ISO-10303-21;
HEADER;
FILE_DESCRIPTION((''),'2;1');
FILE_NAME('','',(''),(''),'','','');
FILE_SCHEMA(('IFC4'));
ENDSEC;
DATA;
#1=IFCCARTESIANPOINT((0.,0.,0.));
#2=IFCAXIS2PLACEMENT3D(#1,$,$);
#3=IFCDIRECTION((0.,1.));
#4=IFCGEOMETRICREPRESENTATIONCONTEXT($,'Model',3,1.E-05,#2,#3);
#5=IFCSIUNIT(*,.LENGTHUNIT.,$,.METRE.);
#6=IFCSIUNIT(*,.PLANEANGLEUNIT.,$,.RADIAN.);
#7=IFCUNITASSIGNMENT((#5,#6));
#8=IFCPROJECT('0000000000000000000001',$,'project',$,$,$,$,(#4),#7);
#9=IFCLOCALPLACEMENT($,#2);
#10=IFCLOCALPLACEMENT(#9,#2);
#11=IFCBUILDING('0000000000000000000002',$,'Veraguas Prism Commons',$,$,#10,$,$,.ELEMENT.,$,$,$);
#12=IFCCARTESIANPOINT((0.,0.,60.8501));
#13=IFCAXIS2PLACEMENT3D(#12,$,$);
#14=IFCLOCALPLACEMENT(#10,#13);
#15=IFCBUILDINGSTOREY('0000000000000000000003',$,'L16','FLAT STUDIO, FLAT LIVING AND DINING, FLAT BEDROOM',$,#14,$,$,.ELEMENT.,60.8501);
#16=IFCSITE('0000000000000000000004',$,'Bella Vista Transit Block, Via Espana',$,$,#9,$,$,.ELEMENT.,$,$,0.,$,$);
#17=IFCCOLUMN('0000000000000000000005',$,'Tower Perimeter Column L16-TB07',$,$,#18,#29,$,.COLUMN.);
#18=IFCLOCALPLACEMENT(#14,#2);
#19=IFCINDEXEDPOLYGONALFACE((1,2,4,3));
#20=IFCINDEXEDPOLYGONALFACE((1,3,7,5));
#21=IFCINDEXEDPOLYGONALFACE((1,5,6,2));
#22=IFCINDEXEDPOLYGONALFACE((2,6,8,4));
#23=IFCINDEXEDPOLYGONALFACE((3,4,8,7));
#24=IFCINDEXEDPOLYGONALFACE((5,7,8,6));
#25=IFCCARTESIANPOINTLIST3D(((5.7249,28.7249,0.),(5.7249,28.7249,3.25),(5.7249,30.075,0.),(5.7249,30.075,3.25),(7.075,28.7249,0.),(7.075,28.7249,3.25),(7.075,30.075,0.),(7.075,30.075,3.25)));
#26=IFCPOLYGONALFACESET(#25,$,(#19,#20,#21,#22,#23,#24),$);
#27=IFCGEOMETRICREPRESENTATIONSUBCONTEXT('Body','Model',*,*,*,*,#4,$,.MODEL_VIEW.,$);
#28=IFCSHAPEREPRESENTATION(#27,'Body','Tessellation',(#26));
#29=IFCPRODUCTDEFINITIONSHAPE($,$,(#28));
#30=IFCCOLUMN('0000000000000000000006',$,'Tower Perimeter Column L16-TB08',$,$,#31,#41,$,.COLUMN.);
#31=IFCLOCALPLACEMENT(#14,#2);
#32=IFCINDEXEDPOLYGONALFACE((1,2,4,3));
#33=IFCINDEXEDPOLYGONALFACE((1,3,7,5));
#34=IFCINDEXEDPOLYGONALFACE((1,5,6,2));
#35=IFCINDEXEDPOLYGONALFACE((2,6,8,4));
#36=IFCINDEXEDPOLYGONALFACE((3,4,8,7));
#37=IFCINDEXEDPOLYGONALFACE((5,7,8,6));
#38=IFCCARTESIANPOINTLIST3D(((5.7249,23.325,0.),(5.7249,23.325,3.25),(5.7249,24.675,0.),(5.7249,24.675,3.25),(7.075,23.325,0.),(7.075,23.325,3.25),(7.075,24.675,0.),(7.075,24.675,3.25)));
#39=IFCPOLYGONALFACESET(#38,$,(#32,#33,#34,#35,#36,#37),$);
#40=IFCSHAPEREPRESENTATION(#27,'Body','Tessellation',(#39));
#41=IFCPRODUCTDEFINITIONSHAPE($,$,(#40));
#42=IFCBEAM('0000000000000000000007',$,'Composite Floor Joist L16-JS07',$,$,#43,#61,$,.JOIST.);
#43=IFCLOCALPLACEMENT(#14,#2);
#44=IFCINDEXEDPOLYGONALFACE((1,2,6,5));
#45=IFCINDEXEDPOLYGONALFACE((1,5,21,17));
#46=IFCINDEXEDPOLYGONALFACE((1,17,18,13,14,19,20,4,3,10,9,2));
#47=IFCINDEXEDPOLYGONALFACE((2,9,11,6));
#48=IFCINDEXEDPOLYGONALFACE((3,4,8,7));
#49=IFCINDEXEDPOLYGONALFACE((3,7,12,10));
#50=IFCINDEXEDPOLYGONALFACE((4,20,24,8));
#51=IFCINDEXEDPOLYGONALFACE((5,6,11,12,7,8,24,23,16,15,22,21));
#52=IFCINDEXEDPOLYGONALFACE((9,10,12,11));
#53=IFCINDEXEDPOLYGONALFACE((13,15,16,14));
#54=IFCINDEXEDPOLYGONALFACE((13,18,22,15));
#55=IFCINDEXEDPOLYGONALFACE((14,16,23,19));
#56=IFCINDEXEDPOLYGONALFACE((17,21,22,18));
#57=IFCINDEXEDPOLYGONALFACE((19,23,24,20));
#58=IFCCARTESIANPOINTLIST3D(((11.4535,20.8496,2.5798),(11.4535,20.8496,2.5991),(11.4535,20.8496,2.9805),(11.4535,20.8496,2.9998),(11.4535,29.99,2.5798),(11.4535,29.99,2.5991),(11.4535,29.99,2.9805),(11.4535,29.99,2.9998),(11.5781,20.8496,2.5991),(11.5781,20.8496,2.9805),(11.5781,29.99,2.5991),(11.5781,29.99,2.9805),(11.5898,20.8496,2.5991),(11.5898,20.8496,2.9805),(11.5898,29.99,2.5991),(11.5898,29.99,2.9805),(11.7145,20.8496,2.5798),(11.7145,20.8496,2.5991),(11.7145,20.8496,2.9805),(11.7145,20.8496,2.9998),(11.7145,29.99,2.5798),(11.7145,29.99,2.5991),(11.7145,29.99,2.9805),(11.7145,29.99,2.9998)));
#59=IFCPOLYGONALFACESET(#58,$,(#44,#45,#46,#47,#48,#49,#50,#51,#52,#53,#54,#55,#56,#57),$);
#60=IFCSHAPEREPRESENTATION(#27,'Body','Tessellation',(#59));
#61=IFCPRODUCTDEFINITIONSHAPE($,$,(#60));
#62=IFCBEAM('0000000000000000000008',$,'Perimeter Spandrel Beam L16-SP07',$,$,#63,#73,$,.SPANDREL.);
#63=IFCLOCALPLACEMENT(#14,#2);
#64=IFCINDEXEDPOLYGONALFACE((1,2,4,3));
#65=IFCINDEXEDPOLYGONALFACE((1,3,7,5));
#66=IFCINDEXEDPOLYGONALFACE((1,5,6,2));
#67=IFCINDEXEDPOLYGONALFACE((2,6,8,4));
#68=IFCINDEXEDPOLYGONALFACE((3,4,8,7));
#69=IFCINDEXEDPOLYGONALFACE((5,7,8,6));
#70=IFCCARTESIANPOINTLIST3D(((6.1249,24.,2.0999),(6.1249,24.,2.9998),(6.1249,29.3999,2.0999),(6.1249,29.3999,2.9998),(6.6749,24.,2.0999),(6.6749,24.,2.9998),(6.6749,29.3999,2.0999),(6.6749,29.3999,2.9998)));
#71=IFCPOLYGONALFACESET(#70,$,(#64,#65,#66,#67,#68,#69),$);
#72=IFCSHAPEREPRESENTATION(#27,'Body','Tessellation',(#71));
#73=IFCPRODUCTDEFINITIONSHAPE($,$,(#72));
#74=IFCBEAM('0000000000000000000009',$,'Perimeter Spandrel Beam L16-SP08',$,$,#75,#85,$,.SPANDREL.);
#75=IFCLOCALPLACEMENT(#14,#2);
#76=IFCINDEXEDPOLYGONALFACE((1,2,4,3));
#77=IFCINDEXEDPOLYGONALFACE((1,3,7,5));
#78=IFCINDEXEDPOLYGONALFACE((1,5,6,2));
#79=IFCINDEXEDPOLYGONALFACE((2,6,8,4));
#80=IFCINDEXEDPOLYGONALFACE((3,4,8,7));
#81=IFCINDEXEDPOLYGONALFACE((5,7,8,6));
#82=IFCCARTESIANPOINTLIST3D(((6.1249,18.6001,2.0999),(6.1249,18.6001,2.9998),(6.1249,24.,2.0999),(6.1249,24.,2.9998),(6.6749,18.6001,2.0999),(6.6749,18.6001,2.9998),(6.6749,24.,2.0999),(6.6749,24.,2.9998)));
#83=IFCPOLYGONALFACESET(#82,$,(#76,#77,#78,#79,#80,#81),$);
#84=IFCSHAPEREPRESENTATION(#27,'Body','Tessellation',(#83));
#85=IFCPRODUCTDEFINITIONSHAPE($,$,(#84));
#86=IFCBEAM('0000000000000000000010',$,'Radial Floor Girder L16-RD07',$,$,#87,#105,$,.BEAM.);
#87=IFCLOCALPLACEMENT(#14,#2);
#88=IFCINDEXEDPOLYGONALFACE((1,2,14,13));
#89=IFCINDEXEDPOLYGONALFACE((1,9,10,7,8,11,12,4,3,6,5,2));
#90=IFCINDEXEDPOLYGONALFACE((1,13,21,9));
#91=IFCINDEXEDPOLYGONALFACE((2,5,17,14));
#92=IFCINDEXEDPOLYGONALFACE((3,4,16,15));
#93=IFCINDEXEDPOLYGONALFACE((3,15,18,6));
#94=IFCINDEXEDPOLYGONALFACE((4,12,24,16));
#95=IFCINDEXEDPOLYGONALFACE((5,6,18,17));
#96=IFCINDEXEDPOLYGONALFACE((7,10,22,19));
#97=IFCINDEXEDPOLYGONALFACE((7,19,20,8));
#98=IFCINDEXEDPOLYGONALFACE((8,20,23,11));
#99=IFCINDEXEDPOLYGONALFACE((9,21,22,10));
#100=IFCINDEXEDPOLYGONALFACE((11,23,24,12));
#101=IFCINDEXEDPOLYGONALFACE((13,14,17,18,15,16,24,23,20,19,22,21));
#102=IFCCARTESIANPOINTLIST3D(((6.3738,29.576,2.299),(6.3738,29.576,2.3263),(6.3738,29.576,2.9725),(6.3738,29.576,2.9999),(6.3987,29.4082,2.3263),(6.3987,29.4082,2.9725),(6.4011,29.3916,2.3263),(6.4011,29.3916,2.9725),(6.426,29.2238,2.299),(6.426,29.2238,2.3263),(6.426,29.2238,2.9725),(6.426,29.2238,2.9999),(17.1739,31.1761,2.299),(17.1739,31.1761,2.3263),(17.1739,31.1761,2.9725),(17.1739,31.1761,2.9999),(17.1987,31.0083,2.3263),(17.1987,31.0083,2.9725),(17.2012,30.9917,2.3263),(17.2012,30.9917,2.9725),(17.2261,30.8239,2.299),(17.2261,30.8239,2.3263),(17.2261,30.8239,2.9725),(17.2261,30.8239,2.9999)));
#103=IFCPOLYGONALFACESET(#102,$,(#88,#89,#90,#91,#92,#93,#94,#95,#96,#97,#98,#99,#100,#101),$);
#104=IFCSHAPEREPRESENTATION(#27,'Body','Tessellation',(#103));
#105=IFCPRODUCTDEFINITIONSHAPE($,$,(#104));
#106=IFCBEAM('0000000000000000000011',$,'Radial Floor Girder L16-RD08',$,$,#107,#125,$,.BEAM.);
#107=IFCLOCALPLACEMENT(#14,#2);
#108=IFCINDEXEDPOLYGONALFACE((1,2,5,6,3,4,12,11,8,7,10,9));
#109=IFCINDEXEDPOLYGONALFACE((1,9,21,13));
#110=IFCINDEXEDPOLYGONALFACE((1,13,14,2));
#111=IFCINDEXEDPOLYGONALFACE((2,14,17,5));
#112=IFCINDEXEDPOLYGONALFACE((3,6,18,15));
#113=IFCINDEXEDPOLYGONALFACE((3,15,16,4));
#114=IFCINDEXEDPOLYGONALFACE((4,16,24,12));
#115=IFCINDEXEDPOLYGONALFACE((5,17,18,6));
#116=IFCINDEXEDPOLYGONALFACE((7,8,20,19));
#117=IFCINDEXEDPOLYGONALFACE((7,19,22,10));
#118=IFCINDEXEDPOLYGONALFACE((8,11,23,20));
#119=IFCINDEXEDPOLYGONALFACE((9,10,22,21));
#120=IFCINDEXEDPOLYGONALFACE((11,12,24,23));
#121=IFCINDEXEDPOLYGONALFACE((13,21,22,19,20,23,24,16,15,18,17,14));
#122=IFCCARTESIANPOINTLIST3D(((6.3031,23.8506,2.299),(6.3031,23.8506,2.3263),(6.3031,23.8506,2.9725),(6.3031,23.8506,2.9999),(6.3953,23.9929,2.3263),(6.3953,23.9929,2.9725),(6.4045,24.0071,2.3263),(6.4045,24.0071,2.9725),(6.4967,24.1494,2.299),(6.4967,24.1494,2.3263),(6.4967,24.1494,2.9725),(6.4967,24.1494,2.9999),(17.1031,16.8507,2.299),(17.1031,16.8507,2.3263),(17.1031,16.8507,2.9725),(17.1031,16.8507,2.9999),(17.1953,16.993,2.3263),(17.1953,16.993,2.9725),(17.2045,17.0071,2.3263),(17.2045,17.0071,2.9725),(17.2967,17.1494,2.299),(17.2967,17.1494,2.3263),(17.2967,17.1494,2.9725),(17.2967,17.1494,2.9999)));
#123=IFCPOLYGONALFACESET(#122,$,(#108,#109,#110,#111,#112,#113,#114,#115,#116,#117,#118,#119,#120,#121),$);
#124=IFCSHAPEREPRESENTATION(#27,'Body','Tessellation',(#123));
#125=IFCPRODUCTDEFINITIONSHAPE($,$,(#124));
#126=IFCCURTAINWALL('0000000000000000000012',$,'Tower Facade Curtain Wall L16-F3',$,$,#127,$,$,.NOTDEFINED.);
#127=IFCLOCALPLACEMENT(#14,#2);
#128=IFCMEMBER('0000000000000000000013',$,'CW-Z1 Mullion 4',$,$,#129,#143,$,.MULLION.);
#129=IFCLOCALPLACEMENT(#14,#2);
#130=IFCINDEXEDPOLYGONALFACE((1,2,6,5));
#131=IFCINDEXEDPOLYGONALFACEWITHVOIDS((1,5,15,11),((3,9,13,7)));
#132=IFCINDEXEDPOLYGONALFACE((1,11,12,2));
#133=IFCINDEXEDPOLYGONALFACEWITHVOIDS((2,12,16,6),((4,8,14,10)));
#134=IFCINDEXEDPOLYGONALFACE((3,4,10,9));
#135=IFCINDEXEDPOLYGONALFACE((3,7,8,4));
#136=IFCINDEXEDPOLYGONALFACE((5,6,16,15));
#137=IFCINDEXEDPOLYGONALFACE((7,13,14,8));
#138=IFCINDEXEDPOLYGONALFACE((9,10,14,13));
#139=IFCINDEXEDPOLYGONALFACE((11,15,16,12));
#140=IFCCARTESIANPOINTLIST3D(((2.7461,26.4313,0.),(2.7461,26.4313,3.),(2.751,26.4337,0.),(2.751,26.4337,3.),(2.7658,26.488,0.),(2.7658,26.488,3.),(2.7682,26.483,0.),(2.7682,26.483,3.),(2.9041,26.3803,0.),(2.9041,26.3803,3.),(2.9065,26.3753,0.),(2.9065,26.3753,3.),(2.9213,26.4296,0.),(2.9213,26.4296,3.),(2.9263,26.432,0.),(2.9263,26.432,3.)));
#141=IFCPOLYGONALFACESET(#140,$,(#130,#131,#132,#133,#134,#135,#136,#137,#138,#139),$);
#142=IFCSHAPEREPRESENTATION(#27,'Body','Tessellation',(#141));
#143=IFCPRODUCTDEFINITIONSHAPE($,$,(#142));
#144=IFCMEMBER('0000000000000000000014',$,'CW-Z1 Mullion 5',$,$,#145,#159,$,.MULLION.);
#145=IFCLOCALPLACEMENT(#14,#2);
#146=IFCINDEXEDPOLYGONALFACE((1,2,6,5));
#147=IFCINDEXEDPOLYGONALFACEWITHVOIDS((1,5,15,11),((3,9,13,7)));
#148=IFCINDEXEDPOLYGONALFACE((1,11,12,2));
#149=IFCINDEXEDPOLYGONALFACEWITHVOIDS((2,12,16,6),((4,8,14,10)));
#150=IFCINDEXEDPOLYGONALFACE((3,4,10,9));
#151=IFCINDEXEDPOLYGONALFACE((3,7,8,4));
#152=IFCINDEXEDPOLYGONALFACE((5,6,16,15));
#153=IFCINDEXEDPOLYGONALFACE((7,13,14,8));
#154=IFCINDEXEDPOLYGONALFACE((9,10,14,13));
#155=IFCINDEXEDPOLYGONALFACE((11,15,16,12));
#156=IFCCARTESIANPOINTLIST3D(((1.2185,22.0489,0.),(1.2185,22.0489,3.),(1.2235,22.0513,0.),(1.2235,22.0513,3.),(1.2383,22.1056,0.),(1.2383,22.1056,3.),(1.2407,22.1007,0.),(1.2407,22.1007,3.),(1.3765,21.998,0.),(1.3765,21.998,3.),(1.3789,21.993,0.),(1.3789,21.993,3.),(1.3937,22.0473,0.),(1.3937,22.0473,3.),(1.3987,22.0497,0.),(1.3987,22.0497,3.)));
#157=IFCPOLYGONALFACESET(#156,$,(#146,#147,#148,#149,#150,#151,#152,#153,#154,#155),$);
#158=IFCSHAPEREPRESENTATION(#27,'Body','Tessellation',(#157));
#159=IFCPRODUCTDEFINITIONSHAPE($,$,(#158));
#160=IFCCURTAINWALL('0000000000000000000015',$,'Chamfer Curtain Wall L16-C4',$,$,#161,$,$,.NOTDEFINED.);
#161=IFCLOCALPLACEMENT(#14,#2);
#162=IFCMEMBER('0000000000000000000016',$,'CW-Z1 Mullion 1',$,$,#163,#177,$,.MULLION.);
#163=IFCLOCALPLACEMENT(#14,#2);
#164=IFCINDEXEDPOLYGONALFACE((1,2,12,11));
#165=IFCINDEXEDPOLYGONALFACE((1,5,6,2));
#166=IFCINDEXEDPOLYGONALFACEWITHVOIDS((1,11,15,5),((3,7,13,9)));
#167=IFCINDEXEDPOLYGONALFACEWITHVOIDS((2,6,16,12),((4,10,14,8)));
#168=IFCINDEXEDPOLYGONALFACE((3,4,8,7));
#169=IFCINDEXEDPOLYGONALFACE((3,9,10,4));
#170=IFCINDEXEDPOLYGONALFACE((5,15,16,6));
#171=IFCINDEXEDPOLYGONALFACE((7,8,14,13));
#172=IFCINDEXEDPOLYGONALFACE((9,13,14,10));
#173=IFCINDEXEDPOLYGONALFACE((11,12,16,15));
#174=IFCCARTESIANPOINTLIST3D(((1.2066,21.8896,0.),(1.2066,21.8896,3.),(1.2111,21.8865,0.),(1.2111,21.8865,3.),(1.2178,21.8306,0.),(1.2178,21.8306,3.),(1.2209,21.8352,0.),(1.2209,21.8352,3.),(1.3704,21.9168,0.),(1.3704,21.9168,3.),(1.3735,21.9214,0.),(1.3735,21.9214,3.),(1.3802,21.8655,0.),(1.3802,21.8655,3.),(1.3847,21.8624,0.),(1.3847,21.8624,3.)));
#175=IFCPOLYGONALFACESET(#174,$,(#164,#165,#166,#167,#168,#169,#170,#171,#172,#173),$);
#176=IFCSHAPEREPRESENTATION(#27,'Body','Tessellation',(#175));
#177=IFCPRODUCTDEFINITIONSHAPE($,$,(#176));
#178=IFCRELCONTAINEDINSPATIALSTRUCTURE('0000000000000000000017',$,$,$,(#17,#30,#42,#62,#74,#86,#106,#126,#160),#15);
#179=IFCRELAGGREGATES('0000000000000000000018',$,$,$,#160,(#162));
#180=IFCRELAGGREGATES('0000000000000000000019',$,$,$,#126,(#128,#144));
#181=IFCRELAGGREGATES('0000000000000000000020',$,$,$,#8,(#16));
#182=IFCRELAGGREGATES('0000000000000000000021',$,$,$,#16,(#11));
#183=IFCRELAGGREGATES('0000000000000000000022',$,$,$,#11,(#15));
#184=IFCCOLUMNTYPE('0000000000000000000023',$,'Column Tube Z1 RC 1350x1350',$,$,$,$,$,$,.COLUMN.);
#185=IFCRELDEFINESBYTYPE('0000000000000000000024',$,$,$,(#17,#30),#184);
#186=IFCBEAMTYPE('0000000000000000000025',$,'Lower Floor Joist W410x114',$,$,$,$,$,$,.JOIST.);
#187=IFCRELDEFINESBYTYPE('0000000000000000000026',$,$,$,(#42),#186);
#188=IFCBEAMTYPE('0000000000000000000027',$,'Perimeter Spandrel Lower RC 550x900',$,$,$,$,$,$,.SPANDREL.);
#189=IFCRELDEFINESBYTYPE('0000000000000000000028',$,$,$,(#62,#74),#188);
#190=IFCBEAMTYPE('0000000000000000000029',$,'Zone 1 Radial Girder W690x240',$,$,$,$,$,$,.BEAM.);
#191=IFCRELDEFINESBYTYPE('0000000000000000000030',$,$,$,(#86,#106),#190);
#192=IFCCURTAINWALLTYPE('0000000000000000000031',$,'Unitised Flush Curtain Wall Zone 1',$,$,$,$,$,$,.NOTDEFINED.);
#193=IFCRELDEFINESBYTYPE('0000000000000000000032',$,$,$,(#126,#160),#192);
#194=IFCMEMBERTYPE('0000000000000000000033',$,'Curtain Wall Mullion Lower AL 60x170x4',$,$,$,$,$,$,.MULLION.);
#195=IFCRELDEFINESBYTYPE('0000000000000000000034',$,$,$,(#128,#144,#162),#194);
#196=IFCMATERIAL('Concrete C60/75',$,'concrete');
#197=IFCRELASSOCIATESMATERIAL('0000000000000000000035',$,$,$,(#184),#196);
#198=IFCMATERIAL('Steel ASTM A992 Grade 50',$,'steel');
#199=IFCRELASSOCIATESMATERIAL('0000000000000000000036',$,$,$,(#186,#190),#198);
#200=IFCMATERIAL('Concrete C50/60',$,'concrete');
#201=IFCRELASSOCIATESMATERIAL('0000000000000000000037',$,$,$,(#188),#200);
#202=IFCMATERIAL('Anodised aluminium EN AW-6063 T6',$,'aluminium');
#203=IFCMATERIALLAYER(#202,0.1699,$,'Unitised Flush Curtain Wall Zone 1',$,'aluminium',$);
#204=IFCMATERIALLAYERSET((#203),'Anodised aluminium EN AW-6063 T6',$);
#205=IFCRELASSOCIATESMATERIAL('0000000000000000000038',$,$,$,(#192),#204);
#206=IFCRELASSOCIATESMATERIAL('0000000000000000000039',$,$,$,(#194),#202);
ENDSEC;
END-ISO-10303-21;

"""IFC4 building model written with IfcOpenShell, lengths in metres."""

from ifc_helpers import new_model, si_unit, direction, frame, origin, origin_2d, place, context, subcontext, project, spatial, rectangle, hollow_rectangle, i_section, extrude, source, transform, mapped, material, layer, layer_set, material_profile, profile_set, type_object, element, aggregate, save


model = new_model("IFC4")

# Units and contexts
model_context = context("Model", 3, precision=1e-05, world=origin(), true_north=direction((0.0, 1.0)))
body_context = subcontext(model_context, "Body", "Model", "MODEL_VIEW")
ifc_project = project(units=[si_unit("LENGTHUNIT", "METRE"), si_unit("PLANEANGLEUNIT", "RADIAN")], contexts=[model_context])

# Site, building, storey
site_placement = place(None, origin())
site = spatial("IfcSite", under=ifc_project, at=site_placement, Name="Bella Vista Transit Block, Via Espana", CompositionType="ELEMENT", RefElevation=0.0)
building_placement = place(site_placement, origin())
building = spatial("IfcBuilding", under=site, at=building_placement, Name="Veraguas Prism Commons", CompositionType="ELEMENT")
storey_placement = place(building_placement, frame((0.0, 0.0, 60.8501)))
storey = spatial("IfcBuildingStorey", under=building, at=storey_placement, Name="L16", Description="FLAT STUDIO, FLAT LIVING AND DINING, FLAT BEDROOM", CompositionType="ELEMENT", Elevation=60.8501)

# Columns
ifc_material_1 = material(Name="Concrete C60/75", Category="concrete")
ifc_material_profile_1 = material_profile(ifc_material_1, rectangle(XDim=1.3501, YDim=1.3501, at=origin_2d()), Name="RC1350X1350")
ifc_profile_set_1 = profile_set([ifc_material_profile_1], Name="Concrete C60/75")
column_type = type_object("IfcColumnType", Name="Column Tube Z1 RC 1350x1350", PredefinedType="COLUMN", material=ifc_profile_set_1)
for number, where, z_axis, x_axis, name in (
    (1, (6.3999, 29.3999, 0.0), (0.0, 0.0, 1.0), (1.0, 0.0, 0.0), "Tower Perimeter Column L16-TB07"),
    (2, (6.3999, 24.0, 0.0), (0.0, 0.0, 1.0), (1.0, 0.0, 0.0), "Tower Perimeter Column L16-TB08"),
):
    element("IfcColumn", number, at=place(storey_placement, frame(where, z_axis=z_axis, x_axis=x_axis)), inside=storey, type_object=column_type, Name=name, PredefinedType="COLUMN", context=body_context, shape_type="SweptSolid", body=[
        extrude(rectangle(XDim=1.3501, YDim=1.3501, at=origin_2d()), origin(), (0.0, 0.0, 1.0), 3.25),
    ])

# Beams
ifc_material_2 = material(Name="Steel ASTM A992 Grade 50", Category="steel")
ifc_material_profile_2 = material_profile(ifc_material_2, i_section(OverallWidth=0.261, OverallDepth=0.4199, WebThickness=0.0117, FlangeThickness=0.0193, at=origin_2d()), Name="W410X114")
ifc_profile_set_2 = profile_set([ifc_material_profile_2], Name="Steel ASTM A992 Grade 50")
beam_type_1 = type_object("IfcBeamType", Name="Lower Floor Joist W410x114", PredefinedType="JOIST", material=ifc_profile_set_2)
beam_1_placement = place(storey_placement, frame((11.584, 29.99, 2.7898), z_axis=(0.0, -1.0, 0.0), x_axis=(1.0, 0.0, 0.0)))
element("IfcBeam", 3, at=beam_1_placement, inside=storey, type_object=beam_type_1, Name="Composite Floor Joist L16-JS07", PredefinedType="JOIST", context=body_context, shape_type="SweptSolid", body=[
    extrude(i_section(OverallWidth=0.261, OverallDepth=0.4199, WebThickness=0.0117, FlangeThickness=0.0193, at=origin_2d()), origin(), (0.0, 0.0, 1.0), 9.1404),
])
ifc_material_3 = material(Name="Concrete C50/60", Category="concrete")
ifc_material_profile_3 = material_profile(ifc_material_3, rectangle(XDim=0.55, YDim=0.8999, at=origin_2d()), Name="RC550X900")
ifc_profile_set_3 = profile_set([ifc_material_profile_3], Name="Concrete C50/60")
beam_type_2 = type_object("IfcBeamType", Name="Perimeter Spandrel Lower RC 550x900", PredefinedType="SPANDREL", material=ifc_profile_set_3)
for number, where, z_axis, x_axis, name in (
    (4, (6.3999, 29.3999, 2.5498), (0.0, -1.0, 0.0), (1.0, 0.0, 0.0), "Perimeter Spandrel Beam L16-SP07"),
    (5, (6.3999, 24.0, 2.5498), (0.0, -1.0, 0.0), (1.0, 0.0, 0.0), "Perimeter Spandrel Beam L16-SP08"),
):
    element("IfcBeam", number, at=place(storey_placement, frame(where, z_axis=z_axis, x_axis=x_axis)), inside=storey, type_object=beam_type_2, Name=name, PredefinedType="SPANDREL", context=body_context, shape_type="SweptSolid", body=[
        extrude(rectangle(XDim=0.55, YDim=0.8999, at=origin_2d()), origin(), (0.0, 0.0, 1.0), 5.3999),
    ])
ifc_material_profile_4 = material_profile(ifc_material_2, i_section(OverallWidth=0.356, OverallDepth=0.7009, WebThickness=0.0168, FlangeThickness=0.0273, at=origin_2d()), Name="W690X240")
ifc_profile_set_4 = profile_set([ifc_material_profile_4], Name="Steel ASTM A992 Grade 50")
beam_type_3 = type_object("IfcBeamType", Name="Zone 1 Radial Girder W690x240", PredefinedType="BEAM", material=ifc_profile_set_4)
beam_2_placement = place(storey_placement, frame((6.3999, 29.3999, 2.6494), z_axis=(0.989202, 0.146557, 0.0), x_axis=(-0.146557, 0.989202, 0.0)))
element("IfcBeam", 6, at=beam_2_placement, inside=storey, type_object=beam_type_3, Name="Radial Floor Girder L16-RD07", PredefinedType="BEAM", context=body_context, shape_type="SweptSolid", body=[
    extrude(i_section(OverallWidth=0.356, OverallDepth=0.7009, WebThickness=0.0168, FlangeThickness=0.0273, at=origin_2d()), origin(), (0.0, 0.0, 1.0), 10.918),
])
beam_3_placement = place(storey_placement, frame((6.3999, 24.0, 2.6494), z_axis=(0.839154, -0.543894, 0.0), x_axis=(0.543894, 0.839154, 0.0)))
element("IfcBeam", 7, at=beam_3_placement, inside=storey, type_object=beam_type_3, Name="Radial Floor Girder L16-RD08", PredefinedType="BEAM", context=body_context, shape_type="SweptSolid", body=[
    extrude(i_section(OverallWidth=0.356, OverallDepth=0.7009, WebThickness=0.0168, FlangeThickness=0.0273, at=origin_2d()), origin(), (0.0, 0.0, 1.0), 12.8701),
])

# Curtain walls, members
ifc_material_4 = material(Name="Anodised aluminium EN AW-6063 T6", Category="aluminium")
ifc_layer_1 = layer(ifc_material_4, 0.1699, Name="Unitised Flush Curtain Wall Zone 1", Category="aluminium")
ifc_layer_set_1 = layer_set([ifc_layer_1], Name="Anodised aluminium EN AW-6063 T6")
curtain_wall_type = type_object("IfcCurtainWallType", Name="Unitised Flush Curtain Wall Zone 1", PredefinedType="NOTDEFINED", material=ifc_layer_set_1)
curtain_wall_1_placement = place(storey_placement, origin())
curtain_wall_1 = element("IfcCurtainWall", 8, at=curtain_wall_1_placement, inside=storey, type_object=curtain_wall_type, Name="Tower Facade Curtain Wall L16-F3", PredefinedType="NOTDEFINED")
ifc_material_profile_5 = material_profile(ifc_material_4, hollow_rectangle(XDim=0.0601, YDim=0.1699, WallThickness=0.0039, at=origin_2d()), Name="AL60X170X4")
ifc_profile_set_5 = profile_set([ifc_material_profile_5], Name="Anodised aluminium EN AW-6063 T6")
member_type_1 = type_object("IfcMemberType", Name="Curtain Wall Mullion Lower AL 60x170x4", PredefinedType="MULLION", material=ifc_profile_set_5)
shared_shape_1 = source(origin(), body_context, "Body", "SweptSolid", [
    extrude(hollow_rectangle(XDim=0.0601, YDim=0.1699, WallThickness=0.0039, at=origin_2d()), origin(), (0.0, 0.0, 1.0), 3.0),
])
member_1_placement = place(storey_placement, frame((2.8362, 26.4316, 0.0), z_axis=(0.0, 0.0, 1.0), x_axis=(-0.329195, -0.944262, 0.0)))
member_1 = element("IfcMember", 9, at=member_1_placement, type_object=member_type_1, Name="CW-Z1 Mullion 4", PredefinedType="MULLION", context=body_context, shape_type="MappedRepresentation", body=[
    mapped(shared_shape_1, transform((0.0, 0.0, 0.0), scale=1.0)),
])
member_2_placement = place(storey_placement, frame((1.3086, 22.0493, 0.0), z_axis=(0.0, 0.0, 1.0), x_axis=(-0.329195, -0.944262, 0.0)))
member_2 = element("IfcMember", 10, at=member_2_placement, type_object=member_type_1, Name="CW-Z1 Mullion 5", PredefinedType="MULLION", context=body_context, shape_type="MappedRepresentation", body=[
    mapped(shared_shape_1, transform((0.0, 0.0, 0.0), scale=1.0)),
])
curtain_wall_2_placement = place(storey_placement, origin())
curtain_wall_2 = element("IfcCurtainWall", 11, at=curtain_wall_2_placement, inside=storey, type_object=curtain_wall_type, Name="Chamfer Curtain Wall L16-C4", PredefinedType="NOTDEFINED")
member_3_placement = place(storey_placement, frame((1.2957, 21.876, 0.0), z_axis=(0.0, 0.0, 1.0), x_axis=(0.187054, -0.98235, 0.0)))
member_3 = element("IfcMember", 12, at=member_3_placement, type_object=member_type_1, Name="CW-Z1 Mullion 1", PredefinedType="MULLION", context=body_context, shape_type="MappedRepresentation", body=[
    mapped(shared_shape_1, transform((0.0, 0.0, 0.0), scale=1.0)),
])
aggregate(curtain_wall_2, [member_3])

aggregate(curtain_wall_1, [member_1, member_2])

save(model, "model.ifc")
